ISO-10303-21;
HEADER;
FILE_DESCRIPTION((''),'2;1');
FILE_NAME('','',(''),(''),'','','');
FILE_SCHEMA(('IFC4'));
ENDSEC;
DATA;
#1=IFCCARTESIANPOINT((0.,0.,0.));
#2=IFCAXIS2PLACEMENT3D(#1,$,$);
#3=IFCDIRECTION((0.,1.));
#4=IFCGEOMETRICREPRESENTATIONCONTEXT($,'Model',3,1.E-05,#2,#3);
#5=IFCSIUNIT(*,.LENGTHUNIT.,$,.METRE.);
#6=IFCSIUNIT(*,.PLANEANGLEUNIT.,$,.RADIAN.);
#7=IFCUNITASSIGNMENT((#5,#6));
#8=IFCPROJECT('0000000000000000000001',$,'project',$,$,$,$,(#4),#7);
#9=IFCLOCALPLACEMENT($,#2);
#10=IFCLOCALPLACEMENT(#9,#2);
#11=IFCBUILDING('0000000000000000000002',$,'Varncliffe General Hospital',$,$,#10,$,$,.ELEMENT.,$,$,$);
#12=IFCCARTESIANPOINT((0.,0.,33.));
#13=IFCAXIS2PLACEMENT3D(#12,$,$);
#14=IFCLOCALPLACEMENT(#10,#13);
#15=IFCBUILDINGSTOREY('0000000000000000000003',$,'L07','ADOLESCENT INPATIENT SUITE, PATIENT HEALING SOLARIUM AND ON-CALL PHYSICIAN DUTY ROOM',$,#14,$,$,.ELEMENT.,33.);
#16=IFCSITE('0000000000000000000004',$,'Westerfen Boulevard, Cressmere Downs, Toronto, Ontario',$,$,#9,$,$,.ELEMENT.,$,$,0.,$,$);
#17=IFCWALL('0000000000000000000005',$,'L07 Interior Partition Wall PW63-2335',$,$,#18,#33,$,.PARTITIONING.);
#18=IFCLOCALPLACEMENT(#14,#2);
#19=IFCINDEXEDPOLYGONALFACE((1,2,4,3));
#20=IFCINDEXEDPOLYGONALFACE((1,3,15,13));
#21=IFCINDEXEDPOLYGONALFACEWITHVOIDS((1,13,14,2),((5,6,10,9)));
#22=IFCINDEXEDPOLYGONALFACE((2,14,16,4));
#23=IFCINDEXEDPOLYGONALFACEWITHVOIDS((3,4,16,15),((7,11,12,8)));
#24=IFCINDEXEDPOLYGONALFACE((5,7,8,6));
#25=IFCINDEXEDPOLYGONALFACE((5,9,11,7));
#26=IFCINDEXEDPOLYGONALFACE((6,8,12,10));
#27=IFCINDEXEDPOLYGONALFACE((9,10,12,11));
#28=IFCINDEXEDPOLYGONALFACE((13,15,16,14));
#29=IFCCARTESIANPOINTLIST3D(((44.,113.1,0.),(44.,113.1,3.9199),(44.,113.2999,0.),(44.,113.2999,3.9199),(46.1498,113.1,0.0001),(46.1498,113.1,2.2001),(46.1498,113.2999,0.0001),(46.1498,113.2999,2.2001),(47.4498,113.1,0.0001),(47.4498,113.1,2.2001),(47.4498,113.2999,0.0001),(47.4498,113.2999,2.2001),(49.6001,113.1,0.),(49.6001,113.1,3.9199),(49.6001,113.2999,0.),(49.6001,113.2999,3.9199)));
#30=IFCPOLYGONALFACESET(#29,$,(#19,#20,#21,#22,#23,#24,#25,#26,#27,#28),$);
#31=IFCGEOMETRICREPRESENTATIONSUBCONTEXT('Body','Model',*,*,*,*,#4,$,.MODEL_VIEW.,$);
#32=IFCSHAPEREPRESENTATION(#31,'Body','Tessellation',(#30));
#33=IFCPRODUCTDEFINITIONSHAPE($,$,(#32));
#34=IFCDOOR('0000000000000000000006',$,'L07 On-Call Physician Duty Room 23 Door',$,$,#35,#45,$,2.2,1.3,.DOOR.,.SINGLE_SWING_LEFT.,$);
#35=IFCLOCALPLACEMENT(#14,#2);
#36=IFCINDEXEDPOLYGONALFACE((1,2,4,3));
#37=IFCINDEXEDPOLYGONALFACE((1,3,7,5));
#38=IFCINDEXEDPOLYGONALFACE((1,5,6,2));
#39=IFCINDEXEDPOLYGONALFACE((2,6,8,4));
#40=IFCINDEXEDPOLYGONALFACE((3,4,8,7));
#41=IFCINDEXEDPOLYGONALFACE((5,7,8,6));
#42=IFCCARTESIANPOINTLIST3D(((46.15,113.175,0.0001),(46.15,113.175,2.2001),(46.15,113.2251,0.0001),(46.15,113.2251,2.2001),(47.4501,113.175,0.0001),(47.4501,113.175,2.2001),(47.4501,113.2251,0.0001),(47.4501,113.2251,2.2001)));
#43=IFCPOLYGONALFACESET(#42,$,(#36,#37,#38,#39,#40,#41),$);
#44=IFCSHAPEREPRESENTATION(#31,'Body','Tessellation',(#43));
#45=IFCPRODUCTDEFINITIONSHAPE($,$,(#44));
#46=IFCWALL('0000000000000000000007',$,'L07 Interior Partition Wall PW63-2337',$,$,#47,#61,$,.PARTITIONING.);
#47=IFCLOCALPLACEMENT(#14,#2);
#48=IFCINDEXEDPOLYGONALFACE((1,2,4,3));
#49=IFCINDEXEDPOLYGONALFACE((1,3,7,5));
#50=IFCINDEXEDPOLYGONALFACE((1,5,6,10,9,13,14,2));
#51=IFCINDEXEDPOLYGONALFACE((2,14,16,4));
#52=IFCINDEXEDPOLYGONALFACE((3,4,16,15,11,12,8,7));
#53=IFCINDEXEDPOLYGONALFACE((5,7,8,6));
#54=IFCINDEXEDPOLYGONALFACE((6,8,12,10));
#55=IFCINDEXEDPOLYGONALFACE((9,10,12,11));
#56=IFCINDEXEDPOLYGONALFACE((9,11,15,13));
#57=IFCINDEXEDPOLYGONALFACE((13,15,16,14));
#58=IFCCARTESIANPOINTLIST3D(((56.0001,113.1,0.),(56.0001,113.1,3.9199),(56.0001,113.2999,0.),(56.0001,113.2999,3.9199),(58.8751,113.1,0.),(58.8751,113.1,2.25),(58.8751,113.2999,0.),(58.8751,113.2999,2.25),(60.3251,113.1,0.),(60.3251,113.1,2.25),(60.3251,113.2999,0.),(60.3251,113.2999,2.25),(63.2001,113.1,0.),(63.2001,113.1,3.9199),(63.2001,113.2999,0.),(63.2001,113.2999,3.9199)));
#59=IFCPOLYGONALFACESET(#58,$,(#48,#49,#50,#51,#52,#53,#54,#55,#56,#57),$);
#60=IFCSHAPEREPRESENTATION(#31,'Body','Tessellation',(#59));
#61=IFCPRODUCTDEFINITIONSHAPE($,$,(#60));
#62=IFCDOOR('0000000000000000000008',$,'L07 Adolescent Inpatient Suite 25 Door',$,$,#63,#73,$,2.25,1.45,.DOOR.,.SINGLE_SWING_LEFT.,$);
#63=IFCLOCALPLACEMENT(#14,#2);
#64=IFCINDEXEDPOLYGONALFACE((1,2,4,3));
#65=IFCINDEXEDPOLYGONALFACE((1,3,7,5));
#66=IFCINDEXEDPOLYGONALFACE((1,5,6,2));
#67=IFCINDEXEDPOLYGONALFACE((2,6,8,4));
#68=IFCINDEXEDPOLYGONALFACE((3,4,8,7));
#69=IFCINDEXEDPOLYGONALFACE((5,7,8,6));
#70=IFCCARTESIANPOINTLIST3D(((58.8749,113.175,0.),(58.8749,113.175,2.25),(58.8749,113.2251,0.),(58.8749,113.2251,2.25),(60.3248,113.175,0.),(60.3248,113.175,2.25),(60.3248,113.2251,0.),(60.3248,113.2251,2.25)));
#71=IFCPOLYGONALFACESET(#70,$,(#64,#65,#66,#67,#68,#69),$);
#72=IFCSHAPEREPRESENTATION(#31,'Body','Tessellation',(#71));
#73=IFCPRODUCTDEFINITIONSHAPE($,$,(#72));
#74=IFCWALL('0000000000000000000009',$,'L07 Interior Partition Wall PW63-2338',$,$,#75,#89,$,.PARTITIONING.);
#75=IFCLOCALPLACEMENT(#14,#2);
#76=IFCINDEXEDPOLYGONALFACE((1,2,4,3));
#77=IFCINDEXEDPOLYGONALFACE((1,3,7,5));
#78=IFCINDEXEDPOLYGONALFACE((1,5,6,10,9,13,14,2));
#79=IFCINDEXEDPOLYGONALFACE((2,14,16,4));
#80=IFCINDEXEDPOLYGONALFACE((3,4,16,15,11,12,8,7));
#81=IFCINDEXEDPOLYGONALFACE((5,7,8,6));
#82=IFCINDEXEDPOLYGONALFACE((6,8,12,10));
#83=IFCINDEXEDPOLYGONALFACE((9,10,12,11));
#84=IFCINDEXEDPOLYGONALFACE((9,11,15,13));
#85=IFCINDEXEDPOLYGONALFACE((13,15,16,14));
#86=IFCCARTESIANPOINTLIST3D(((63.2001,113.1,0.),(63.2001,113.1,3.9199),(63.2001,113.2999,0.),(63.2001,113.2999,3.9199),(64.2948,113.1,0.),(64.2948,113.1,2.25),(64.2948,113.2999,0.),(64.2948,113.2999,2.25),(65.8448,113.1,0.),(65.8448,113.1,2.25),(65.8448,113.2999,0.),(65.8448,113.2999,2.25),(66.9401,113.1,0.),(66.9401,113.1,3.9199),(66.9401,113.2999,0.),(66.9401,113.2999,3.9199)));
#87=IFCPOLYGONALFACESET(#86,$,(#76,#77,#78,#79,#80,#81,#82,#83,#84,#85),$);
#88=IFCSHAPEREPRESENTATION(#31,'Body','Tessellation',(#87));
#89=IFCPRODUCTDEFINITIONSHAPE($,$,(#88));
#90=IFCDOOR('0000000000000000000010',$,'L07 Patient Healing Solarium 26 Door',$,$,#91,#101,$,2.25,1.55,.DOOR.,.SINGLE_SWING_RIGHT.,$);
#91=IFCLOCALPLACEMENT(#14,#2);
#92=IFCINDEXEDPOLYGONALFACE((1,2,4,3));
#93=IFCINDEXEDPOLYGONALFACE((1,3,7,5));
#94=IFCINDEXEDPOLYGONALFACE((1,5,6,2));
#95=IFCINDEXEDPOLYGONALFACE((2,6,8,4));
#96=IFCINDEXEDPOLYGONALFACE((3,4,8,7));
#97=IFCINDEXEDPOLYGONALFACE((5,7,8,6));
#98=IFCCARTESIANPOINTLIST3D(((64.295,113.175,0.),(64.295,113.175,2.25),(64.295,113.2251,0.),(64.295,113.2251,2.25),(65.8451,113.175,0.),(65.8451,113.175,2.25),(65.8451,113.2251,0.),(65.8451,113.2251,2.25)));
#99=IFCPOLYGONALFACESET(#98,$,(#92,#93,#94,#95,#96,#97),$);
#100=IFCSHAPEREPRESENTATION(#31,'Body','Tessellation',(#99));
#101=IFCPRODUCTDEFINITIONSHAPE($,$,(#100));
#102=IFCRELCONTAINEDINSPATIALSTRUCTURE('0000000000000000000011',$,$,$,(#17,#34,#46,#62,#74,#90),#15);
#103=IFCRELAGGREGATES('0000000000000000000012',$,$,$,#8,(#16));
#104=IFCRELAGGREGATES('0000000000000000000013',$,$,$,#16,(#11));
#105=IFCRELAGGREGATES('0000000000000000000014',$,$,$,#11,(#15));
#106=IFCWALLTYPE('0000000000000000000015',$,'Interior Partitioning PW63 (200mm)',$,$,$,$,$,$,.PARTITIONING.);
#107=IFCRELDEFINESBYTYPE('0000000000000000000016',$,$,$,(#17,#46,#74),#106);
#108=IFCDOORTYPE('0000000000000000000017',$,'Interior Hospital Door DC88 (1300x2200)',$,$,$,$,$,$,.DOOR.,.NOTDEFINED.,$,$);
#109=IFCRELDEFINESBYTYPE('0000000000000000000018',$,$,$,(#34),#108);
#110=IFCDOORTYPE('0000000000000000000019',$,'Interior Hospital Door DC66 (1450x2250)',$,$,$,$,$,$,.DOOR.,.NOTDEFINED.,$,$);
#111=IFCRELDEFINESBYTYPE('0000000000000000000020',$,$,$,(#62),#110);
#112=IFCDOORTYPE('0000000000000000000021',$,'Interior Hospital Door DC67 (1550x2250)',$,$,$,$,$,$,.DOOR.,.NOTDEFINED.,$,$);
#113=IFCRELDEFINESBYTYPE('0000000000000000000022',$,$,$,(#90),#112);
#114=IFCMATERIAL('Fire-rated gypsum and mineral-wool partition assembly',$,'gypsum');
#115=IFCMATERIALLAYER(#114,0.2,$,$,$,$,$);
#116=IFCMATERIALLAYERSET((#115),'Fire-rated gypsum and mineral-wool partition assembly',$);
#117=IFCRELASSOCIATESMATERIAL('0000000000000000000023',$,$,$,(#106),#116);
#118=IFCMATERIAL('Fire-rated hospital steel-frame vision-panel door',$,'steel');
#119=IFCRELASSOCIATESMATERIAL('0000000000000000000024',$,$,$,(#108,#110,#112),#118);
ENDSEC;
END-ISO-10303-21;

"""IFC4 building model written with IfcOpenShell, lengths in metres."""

from ifc_helpers import new_model, si_unit, direction, frame, frame_2d, origin, place, context, subcontext, project, spatial, rectangle, extrude, material, layer, layer_set, type_object, element, fill, save


model = new_model("IFC4")

# Units and contexts
model_context = context("Model", 3, precision=1e-05, world=origin(), true_north=direction((0.0, 1.0)))
body_context = subcontext(model_context, "Body", "Model", "MODEL_VIEW")
ifc_project = project(units=[si_unit("LENGTHUNIT", "METRE"), si_unit("PLANEANGLEUNIT", "RADIAN")], contexts=[model_context])

# Site, building, storey
site_placement = place(None, origin())
site = spatial("IfcSite", under=ifc_project, at=site_placement, Name="Westerfen Boulevard, Cressmere Downs, Toronto, Ontario", CompositionType="ELEMENT", RefElevation=0.0)
building_placement = place(site_placement, origin())
building = spatial("IfcBuilding", under=site, at=building_placement, Name="Varncliffe General Hospital", CompositionType="ELEMENT")
storey_placement = place(building_placement, frame((0.0, 0.0, 33.0)))
storey = spatial("IfcBuildingStorey", under=building, at=storey_placement, Name="L07", Description="ADOLESCENT INPATIENT SUITE, PATIENT HEALING SOLARIUM AND ON-CALL PHYSICIAN DUTY ROOM", CompositionType="ELEMENT", Elevation=33.0)

# Shared definitions
ifc_material_1 = material(Name="Fire-rated gypsum and mineral-wool partition assembly", Category="gypsum")

# Shared definitions
ifc_material_2 = material(Name="Fire-rated hospital steel-frame vision-panel door", Category="steel")

# Walls, openings, doors
ifc_layer_1 = layer(ifc_material_1, 0.2)
ifc_layer_set_1 = layer_set([ifc_layer_1], Name="Fire-rated gypsum and mineral-wool partition assembly")
wall_type_1 = type_object("IfcWallType", Name="Interior Partitioning PW63 (200mm)", PredefinedType="PARTITIONING", material=ifc_layer_set_1)
wall_1_placement = place(storey_placement, frame((44.0, 113.2, 0.0), z_axis=(0.0, 0.0, 1.0), x_axis=(1.0, 0.0, 0.0)))
wall_1 = element("IfcWall", 1, at=wall_1_placement, inside=storey, type_object=wall_type_1, Name="L07 Interior Partition Wall PW63-2335", PredefinedType="PARTITIONING", context=body_context, shape_type="SweptSolid", body=[
    extrude(rectangle(XDim=5.6001, YDim=0.2, at=frame_2d((2.8, 0.0))), origin(), (0.0, 0.0, 1.0), 3.9199),
])
opening_1_placement = place(wall_1_placement, frame((2.1499, 0.0, 0.0)))
opening_1 = element("IfcOpeningElement", 2, at=opening_1_placement, cuts=wall_1, PredefinedType="OPENING", context=body_context, shape_type="SweptSolid", body=[
    extrude(rectangle(XDim=1.3, YDim=2.2, at=frame_2d((0.6499, 1.1001))), frame((0.0, 0.1099, 0.0), z_axis=(0.0, -1.0, 0.0), x_axis=(1.0, 0.0, 0.0)), (0.0, 0.0, 1.0), 0.22),
])
door_type_1 = type_object("IfcDoorType", Name="Interior Hospital Door DC88 (1300x2200)", OperationType="NOTDEFINED", PredefinedType="DOOR", material=ifc_material_2)
door_1_placement = place(opening_1_placement, frame((1.3, 0.0, 0.0), z_axis=(0.0, 0.0, 1.0), x_axis=(-1.0, 0.0, 0.0)))
door_1 = element("IfcDoor", 3, at=door_1_placement, inside=storey, type_object=door_type_1, Name="L07 On-Call Physician Duty Room 23 Door", OperationType="SINGLE_SWING_LEFT", OverallHeight=2.2, OverallWidth=1.3, PredefinedType="DOOR", context=body_context, shape_type="SweptSolid", body=[
    extrude(rectangle(XDim=1.3, YDim=2.2, at=frame_2d((0.6499, 1.1001))), frame((0.0, 0.0249, 0.0), z_axis=(0.0, -1.0, 0.0), x_axis=(1.0, 0.0, 0.0)), (0.0, 0.0, 1.0), 0.05),
])
fill(opening_1, door_1)
wall_2_placement = place(storey_placement, frame((56.0, 113.2, 0.0), z_axis=(0.0, 0.0, 1.0), x_axis=(1.0, 0.0, 0.0)))
wall_2 = element("IfcWall", 4, at=wall_2_placement, inside=storey, type_object=wall_type_1, Name="L07 Interior Partition Wall PW63-2337", PredefinedType="PARTITIONING", context=body_context, shape_type="SweptSolid", body=[
    extrude(rectangle(XDim=7.2, YDim=0.2, at=frame_2d((3.6001, 0.0))), origin(), (0.0, 0.0, 1.0), 3.9199),
])
opening_2_placement = place(wall_2_placement, frame((2.875, 0.0, 0.0)))
opening_2 = element("IfcOpeningElement", 5, at=opening_2_placement, cuts=wall_2, PredefinedType="OPENING", context=body_context, shape_type="SweptSolid", body=[
    extrude(rectangle(XDim=1.45, YDim=2.25, at=frame_2d((0.7251, 1.125))), frame((0.0, 0.1099, 0.0), z_axis=(0.0, -1.0, 0.0), x_axis=(1.0, 0.0, 0.0)), (0.0, 0.0, 1.0), 0.22),
])
door_type_2 = type_object("IfcDoorType", Name="Interior Hospital Door DC66 (1450x2250)", OperationType="NOTDEFINED", PredefinedType="DOOR", material=ifc_material_2)
door_2_placement = place(opening_2_placement, frame((1.45, 0.0, 0.0), z_axis=(0.0, 0.0, 1.0), x_axis=(-1.0, 0.0, 0.0)))
door_2 = element("IfcDoor", 6, at=door_2_placement, inside=storey, type_object=door_type_2, Name="L07 Adolescent Inpatient Suite 25 Door", OperationType="SINGLE_SWING_LEFT", OverallHeight=2.25, OverallWidth=1.45, PredefinedType="DOOR", context=body_context, shape_type="SweptSolid", body=[
    extrude(rectangle(XDim=1.45, YDim=2.25, at=frame_2d((0.7251, 1.125))), frame((0.0, 0.0249, 0.0), z_axis=(0.0, -1.0, 0.0), x_axis=(1.0, 0.0, 0.0)), (0.0, 0.0, 1.0), 0.05),
])
fill(opening_2, door_2)
wall_3_placement = place(storey_placement, frame((63.2, 113.2, 0.0), z_axis=(0.0, 0.0, 1.0), x_axis=(1.0, 0.0, 0.0)))
wall_3 = element("IfcWall", 7, at=wall_3_placement, inside=storey, type_object=wall_type_1, Name="L07 Interior Partition Wall PW63-2338", PredefinedType="PARTITIONING", context=body_context, shape_type="SweptSolid", body=[
    extrude(rectangle(XDim=3.74, YDim=0.2, at=frame_2d((1.8701, 0.0))), origin(), (0.0, 0.0, 1.0), 3.9199),
])
opening_3_placement = place(wall_3_placement, frame((1.095, 0.0, 0.0)))
opening_3 = element("IfcOpeningElement", 8, at=opening_3_placement, cuts=wall_3, PredefinedType="OPENING", context=body_context, shape_type="SweptSolid", body=[
    extrude(rectangle(XDim=1.55, YDim=2.25, at=frame_2d((0.7749, 1.125))), frame((0.0, 0.1099, 0.0), z_axis=(0.0, -1.0, 0.0), x_axis=(1.0, 0.0, 0.0)), (0.0, 0.0, 1.0), 0.22),
])
door_type_3 = type_object("IfcDoorType", Name="Interior Hospital Door DC67 (1550x2250)", OperationType="NOTDEFINED", PredefinedType="DOOR", material=ifc_material_2)
door_3_placement = place(opening_3_placement, frame((1.55, 0.0, 0.0), z_axis=(0.0, 0.0, 1.0), x_axis=(-1.0, 0.0, 0.0)))
door_3 = element("IfcDoor", 9, at=door_3_placement, inside=storey, type_object=door_type_3, Name="L07 Patient Healing Solarium 26 Door", OperationType="SINGLE_SWING_RIGHT", OverallHeight=2.25, OverallWidth=1.55, PredefinedType="DOOR", context=body_context, shape_type="SweptSolid", body=[
    extrude(rectangle(XDim=1.55, YDim=2.25, at=frame_2d((0.7749, 1.125))), frame((0.0, 0.0249, 0.0), z_axis=(0.0, -1.0, 0.0), x_axis=(1.0, 0.0, 0.0)), (0.0, 0.0, 1.0), 0.05),
])
fill(opening_3, door_3)

save(model, "model.ifc")
